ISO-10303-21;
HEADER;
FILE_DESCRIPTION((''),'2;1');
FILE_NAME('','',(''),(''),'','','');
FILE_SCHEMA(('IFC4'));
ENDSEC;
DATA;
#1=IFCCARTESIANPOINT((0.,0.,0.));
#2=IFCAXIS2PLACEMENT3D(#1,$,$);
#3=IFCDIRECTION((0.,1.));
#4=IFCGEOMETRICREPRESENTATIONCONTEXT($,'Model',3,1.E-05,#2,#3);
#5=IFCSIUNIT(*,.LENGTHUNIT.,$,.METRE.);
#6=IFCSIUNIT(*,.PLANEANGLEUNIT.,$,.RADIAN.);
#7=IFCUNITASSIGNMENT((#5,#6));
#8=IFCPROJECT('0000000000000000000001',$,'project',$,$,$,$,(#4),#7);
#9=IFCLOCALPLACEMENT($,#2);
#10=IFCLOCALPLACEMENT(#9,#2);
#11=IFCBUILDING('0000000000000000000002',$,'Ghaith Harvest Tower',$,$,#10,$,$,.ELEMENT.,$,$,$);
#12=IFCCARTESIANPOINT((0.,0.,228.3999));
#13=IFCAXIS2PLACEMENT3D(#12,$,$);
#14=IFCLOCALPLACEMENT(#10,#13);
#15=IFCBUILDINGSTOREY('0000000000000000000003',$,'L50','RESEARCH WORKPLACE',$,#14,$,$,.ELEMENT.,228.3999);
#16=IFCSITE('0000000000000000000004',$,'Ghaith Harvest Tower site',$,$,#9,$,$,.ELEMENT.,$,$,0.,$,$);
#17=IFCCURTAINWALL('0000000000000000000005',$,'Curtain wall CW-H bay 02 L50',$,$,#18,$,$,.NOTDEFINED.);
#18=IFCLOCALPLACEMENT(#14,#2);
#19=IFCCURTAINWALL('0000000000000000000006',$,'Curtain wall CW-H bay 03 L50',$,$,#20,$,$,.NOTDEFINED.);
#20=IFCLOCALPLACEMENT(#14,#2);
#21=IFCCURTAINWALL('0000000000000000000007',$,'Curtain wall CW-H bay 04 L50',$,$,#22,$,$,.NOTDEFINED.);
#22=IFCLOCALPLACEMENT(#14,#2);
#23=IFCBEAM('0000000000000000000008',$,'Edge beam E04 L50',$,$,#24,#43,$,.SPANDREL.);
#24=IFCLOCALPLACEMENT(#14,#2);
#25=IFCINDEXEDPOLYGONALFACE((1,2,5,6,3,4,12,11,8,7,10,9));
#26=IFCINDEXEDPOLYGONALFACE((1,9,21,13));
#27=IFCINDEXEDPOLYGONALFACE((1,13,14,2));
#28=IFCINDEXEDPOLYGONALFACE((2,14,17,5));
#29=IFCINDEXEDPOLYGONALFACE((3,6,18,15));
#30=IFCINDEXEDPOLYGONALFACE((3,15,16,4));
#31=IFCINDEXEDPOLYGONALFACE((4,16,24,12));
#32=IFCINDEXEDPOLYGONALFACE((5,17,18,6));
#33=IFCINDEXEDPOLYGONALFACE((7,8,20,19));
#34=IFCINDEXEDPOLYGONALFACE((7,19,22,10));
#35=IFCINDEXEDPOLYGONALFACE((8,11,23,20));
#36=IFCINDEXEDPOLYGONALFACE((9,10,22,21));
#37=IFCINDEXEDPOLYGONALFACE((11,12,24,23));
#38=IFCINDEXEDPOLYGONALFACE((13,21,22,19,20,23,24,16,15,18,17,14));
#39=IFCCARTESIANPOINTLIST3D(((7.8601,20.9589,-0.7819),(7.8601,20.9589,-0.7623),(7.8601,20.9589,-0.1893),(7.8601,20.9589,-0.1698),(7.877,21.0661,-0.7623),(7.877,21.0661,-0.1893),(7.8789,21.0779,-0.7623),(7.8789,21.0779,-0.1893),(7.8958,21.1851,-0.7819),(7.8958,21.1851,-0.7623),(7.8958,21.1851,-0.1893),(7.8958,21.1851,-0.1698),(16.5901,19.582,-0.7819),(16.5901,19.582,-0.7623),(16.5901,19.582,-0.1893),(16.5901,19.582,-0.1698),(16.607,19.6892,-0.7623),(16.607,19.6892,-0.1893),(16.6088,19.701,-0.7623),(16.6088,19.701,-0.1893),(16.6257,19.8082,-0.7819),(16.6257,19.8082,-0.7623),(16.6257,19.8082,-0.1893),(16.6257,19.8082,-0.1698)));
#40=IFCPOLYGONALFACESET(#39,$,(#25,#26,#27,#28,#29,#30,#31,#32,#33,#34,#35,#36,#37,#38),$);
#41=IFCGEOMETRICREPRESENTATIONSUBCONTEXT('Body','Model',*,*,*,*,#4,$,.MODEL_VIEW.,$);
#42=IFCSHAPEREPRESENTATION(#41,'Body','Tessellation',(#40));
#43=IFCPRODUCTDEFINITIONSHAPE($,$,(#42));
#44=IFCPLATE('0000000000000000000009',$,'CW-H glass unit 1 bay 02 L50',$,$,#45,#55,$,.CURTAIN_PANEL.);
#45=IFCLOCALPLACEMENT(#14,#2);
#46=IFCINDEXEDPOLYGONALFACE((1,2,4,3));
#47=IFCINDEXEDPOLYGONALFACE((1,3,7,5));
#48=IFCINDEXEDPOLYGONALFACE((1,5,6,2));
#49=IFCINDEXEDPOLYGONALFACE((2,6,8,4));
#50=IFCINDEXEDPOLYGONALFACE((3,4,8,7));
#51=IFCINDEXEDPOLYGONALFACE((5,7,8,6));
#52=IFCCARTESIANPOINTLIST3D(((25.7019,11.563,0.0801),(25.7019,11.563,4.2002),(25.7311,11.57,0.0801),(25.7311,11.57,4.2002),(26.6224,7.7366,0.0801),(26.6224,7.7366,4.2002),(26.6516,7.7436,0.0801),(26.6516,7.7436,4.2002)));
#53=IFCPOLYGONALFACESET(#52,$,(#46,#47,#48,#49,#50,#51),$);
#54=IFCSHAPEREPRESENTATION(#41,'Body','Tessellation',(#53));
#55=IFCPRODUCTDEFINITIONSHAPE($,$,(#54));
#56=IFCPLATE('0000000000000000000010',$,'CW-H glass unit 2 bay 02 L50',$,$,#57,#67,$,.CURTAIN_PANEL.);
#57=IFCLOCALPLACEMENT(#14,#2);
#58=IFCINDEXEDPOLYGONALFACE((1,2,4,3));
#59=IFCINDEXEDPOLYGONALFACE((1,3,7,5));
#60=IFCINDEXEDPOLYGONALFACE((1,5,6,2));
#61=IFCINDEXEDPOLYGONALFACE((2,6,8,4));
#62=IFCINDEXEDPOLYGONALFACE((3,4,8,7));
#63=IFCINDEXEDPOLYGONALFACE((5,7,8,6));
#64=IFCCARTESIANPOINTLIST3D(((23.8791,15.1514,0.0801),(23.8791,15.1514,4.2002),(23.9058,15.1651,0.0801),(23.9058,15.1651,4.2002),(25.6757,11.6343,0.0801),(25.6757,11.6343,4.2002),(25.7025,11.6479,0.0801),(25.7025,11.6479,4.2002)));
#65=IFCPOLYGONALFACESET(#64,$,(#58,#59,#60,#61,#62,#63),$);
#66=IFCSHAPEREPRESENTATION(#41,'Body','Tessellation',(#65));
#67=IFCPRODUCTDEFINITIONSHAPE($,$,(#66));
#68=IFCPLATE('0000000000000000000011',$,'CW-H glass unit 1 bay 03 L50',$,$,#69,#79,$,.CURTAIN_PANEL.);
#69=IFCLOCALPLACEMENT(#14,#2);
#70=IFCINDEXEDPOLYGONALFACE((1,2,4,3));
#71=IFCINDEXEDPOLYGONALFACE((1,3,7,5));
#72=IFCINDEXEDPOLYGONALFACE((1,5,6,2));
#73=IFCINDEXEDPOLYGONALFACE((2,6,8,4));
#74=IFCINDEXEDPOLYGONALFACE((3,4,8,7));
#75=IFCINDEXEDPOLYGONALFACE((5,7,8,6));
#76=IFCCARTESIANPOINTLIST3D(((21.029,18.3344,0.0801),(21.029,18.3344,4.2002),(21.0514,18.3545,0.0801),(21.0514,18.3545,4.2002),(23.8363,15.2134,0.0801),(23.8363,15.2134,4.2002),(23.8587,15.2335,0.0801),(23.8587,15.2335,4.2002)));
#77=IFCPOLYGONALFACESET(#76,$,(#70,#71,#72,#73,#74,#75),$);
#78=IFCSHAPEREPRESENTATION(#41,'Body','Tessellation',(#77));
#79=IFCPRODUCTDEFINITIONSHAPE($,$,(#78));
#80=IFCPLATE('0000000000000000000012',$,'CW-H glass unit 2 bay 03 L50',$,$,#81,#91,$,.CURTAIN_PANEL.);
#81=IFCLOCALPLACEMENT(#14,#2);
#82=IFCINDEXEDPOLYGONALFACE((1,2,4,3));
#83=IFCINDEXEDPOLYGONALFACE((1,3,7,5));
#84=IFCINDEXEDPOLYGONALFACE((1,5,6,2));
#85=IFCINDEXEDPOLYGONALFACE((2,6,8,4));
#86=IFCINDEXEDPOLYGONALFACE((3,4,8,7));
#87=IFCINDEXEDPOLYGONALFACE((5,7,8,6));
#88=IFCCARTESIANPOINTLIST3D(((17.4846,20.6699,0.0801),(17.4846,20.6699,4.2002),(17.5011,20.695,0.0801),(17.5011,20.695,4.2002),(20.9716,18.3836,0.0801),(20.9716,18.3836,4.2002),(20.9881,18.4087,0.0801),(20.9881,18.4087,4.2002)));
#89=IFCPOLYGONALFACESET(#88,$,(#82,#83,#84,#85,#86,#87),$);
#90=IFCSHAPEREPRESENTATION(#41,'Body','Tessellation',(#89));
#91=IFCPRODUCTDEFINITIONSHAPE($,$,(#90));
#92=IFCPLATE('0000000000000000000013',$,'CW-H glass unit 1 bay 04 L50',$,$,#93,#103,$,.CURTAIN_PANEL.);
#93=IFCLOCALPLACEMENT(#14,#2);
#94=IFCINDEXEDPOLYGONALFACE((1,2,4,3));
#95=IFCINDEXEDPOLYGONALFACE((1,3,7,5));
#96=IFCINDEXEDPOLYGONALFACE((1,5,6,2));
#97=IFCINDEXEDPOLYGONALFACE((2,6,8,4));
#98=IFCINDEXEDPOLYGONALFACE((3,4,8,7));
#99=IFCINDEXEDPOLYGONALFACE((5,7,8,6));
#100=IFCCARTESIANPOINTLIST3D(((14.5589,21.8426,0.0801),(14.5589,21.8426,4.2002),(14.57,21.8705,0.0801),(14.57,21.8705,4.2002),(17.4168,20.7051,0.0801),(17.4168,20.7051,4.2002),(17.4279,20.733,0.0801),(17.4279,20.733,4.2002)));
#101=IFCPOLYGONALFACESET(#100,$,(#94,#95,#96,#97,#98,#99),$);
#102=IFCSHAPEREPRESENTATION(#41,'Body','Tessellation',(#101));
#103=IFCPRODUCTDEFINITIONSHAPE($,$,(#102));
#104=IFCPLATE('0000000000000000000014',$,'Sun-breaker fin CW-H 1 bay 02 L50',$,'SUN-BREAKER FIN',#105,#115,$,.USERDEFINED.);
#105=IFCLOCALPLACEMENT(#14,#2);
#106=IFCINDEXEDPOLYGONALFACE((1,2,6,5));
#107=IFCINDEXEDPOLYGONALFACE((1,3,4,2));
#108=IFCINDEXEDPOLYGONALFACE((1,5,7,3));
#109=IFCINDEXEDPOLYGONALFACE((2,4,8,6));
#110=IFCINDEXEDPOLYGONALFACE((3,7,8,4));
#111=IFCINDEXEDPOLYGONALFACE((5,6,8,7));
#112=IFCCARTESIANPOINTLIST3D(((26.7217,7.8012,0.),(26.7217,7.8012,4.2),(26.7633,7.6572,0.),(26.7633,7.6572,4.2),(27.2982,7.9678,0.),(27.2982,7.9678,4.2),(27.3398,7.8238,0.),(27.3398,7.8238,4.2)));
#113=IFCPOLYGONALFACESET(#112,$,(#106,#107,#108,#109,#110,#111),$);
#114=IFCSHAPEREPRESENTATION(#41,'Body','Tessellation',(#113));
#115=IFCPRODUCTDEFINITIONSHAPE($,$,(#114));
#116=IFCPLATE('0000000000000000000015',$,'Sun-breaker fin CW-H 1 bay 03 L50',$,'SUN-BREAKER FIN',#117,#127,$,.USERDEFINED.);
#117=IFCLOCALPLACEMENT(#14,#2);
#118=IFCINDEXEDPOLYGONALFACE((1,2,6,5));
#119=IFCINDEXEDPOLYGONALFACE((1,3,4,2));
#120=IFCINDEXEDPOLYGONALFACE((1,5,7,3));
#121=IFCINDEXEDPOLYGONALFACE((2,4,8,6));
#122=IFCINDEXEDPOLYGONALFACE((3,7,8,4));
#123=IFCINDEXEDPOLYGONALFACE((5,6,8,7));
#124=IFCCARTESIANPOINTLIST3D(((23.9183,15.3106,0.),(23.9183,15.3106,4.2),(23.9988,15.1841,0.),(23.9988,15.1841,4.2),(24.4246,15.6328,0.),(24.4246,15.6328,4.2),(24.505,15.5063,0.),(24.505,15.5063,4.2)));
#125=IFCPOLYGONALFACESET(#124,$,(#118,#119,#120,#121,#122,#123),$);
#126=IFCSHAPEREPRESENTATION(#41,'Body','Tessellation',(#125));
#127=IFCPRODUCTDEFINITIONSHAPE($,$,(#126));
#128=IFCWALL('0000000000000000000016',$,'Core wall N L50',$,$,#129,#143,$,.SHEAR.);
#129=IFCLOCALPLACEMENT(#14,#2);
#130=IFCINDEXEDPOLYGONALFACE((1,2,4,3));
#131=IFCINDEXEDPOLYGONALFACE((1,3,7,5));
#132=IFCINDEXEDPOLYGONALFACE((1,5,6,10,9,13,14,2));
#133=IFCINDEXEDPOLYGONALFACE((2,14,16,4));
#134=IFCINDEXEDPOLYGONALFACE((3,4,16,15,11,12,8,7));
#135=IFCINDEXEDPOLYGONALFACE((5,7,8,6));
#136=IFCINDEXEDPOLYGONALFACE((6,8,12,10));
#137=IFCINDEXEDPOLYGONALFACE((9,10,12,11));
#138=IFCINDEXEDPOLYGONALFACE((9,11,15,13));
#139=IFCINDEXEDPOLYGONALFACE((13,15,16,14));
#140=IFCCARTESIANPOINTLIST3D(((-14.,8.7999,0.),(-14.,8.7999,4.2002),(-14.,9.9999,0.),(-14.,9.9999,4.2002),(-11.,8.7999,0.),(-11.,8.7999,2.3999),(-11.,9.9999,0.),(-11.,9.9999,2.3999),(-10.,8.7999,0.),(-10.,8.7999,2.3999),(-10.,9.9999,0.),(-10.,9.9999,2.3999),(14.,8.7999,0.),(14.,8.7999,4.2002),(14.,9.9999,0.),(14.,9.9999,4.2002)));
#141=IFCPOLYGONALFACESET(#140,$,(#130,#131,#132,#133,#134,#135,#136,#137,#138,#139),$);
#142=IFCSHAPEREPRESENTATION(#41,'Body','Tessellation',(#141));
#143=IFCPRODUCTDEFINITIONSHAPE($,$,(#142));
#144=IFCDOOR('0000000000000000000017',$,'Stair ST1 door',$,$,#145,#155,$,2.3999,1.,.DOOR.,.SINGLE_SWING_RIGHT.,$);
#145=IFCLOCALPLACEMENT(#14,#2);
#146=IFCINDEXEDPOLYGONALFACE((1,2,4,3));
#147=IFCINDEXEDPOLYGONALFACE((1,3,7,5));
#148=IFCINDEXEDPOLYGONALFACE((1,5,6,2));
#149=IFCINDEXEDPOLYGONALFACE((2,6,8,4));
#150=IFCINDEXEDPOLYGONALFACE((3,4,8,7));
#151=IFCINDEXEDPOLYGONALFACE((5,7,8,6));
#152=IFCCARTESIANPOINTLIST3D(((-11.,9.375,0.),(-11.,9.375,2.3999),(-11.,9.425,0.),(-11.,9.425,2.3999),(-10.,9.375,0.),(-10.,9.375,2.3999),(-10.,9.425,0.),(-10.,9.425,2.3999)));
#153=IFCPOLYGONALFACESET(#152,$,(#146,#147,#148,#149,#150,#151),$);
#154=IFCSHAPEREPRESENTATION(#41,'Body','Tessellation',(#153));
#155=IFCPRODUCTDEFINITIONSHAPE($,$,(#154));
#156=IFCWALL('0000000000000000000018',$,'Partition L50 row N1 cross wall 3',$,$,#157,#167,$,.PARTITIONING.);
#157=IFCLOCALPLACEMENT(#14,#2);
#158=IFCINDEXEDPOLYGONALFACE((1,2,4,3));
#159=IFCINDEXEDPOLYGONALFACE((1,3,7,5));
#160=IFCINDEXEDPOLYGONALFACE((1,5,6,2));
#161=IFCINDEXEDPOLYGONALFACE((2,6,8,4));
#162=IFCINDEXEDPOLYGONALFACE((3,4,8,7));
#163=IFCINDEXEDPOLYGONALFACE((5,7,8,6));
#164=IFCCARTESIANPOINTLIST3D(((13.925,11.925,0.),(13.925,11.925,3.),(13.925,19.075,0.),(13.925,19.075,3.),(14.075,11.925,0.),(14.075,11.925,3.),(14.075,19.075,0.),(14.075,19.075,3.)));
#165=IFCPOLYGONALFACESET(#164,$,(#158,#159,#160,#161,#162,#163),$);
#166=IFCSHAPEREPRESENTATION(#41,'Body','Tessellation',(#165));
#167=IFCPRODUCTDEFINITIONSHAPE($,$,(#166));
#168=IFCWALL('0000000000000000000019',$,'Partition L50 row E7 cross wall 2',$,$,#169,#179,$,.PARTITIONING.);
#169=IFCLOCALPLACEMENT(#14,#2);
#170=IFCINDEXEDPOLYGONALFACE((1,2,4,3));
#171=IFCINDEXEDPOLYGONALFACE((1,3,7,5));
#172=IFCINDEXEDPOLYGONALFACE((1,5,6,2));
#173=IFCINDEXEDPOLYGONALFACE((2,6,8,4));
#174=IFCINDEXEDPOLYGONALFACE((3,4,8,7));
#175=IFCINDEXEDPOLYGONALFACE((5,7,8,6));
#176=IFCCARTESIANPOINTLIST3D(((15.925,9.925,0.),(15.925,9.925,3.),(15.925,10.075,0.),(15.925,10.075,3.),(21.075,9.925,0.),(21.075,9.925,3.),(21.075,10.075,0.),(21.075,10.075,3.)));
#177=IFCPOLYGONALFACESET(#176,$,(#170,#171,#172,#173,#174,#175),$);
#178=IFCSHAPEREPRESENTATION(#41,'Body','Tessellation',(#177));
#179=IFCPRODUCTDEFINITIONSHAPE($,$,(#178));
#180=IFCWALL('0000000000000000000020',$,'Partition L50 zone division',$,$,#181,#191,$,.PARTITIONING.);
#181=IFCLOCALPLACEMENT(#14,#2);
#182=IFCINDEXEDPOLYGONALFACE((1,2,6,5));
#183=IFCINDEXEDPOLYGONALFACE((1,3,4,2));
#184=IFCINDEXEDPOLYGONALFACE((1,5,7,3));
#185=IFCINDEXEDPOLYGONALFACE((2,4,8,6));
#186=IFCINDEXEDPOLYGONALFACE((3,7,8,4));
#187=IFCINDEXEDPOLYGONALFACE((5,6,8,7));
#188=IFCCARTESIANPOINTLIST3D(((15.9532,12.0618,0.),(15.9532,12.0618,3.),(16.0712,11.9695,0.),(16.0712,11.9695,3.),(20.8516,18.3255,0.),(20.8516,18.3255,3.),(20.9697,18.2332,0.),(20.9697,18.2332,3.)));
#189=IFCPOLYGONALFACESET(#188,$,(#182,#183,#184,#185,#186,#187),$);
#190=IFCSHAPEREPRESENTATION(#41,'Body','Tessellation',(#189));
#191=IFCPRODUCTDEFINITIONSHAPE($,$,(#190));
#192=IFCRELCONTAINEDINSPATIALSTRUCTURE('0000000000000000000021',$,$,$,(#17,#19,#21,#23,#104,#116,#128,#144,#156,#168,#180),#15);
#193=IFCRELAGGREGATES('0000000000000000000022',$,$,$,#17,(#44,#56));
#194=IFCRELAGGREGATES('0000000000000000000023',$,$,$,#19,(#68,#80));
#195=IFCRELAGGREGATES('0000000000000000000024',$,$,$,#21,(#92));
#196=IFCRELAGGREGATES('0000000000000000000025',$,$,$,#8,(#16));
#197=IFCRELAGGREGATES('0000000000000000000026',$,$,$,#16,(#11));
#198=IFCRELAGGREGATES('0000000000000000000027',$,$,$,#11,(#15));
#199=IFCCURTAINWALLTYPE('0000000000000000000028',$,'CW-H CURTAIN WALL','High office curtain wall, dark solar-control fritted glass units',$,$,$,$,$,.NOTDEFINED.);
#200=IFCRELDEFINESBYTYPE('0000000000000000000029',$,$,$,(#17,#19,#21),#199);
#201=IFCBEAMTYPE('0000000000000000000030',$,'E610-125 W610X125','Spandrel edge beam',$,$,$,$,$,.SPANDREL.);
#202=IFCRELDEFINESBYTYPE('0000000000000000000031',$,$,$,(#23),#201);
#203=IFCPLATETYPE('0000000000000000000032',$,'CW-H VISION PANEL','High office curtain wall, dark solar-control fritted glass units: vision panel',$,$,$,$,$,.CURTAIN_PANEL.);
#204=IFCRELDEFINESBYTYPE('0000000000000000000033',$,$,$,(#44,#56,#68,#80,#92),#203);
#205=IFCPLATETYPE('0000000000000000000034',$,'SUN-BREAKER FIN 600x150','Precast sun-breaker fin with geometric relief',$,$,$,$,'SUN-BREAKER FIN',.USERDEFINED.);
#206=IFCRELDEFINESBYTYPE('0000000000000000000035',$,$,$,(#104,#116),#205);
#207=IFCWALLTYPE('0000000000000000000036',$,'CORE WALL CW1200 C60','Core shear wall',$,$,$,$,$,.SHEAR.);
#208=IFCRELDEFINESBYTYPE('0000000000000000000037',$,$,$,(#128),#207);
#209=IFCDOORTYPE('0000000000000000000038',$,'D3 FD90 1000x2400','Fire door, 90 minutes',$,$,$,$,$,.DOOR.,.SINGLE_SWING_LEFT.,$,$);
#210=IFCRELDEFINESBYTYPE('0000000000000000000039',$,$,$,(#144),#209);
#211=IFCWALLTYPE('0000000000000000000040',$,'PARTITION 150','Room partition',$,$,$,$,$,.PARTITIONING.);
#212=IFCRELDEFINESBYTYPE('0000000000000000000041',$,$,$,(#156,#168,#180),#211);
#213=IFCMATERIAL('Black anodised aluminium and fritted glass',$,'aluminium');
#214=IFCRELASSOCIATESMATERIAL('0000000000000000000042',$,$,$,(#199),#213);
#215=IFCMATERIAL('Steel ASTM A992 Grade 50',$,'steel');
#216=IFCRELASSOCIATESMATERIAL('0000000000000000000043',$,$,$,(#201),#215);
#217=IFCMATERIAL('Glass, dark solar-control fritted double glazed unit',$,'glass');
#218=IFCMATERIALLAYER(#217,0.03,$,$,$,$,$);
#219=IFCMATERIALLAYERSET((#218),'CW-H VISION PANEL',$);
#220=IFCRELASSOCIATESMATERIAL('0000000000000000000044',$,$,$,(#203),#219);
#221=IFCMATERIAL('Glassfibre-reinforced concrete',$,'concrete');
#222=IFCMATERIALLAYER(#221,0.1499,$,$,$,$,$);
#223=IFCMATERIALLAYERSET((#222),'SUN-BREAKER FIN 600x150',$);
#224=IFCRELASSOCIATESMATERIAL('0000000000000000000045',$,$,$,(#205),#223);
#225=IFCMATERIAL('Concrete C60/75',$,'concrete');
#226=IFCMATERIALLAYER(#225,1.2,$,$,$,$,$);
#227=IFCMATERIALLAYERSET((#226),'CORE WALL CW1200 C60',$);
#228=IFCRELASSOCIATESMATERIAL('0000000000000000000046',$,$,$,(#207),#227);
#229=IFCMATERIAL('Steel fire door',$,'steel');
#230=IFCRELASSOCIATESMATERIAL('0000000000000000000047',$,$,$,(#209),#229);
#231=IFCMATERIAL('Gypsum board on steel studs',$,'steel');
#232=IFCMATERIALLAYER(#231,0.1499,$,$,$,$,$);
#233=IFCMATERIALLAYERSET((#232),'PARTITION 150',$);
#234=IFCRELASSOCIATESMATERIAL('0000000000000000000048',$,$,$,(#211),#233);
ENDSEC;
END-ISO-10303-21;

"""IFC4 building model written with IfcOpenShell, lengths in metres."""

from ifc_helpers import new_model, si_unit, direction, frame, frame_2d, origin, origin_2d, place, context, subcontext, project, spatial, rectangle, i_section, extrude, material, layer, layer_set, material_profile, profile_set, type_object, element, fill, aggregate, save


model = new_model("IFC4")

# Units and contexts
model_context = context("Model", 3, precision=1e-05, world=origin(), true_north=direction((0.0, 1.0)))
body_context = subcontext(model_context, "Body", "Model", "MODEL_VIEW")
ifc_project = project(units=[si_unit("LENGTHUNIT", "METRE"), si_unit("PLANEANGLEUNIT", "RADIAN")], contexts=[model_context])

# Site, building, storey
site_placement = place(None, origin())
site = spatial("IfcSite", under=ifc_project, at=site_placement, Name="Ghaith Harvest Tower site", CompositionType="ELEMENT", RefElevation=0.0)
building_placement = place(site_placement, origin())
building = spatial("IfcBuilding", under=site, at=building_placement, Name="Ghaith Harvest Tower", CompositionType="ELEMENT")
storey_placement = place(building_placement, frame((0.0, 0.0, 228.3999)))
storey = spatial("IfcBuildingStorey", under=building, at=storey_placement, Name="L50", Description="RESEARCH WORKPLACE", CompositionType="ELEMENT", Elevation=228.3999)

# Curtain wall
ifc_material_1 = material(Name="Black anodised aluminium and fritted glass", Category="aluminium")
curtain_wall_type = type_object("IfcCurtainWallType", Name="CW-H CURTAIN WALL", Description="High office curtain wall, dark solar-control fritted glass units", PredefinedType="NOTDEFINED", material=ifc_material_1)
curtain_wall_1_placement = place(storey_placement, origin())
curtain_wall_1 = element("IfcCurtainWall", 1, at=curtain_wall_1_placement, inside=storey, type_object=curtain_wall_type, Name="Curtain wall CW-H bay 02 L50", PredefinedType="NOTDEFINED")

# Curtain walls
curtain_wall_2_placement = place(storey_placement, origin())
curtain_wall_2 = element("IfcCurtainWall", 2, at=curtain_wall_2_placement, inside=storey, type_object=curtain_wall_type, Name="Curtain wall CW-H bay 03 L50", PredefinedType="NOTDEFINED")
curtain_wall_3_placement = place(storey_placement, origin())
curtain_wall_3 = element("IfcCurtainWall", 3, at=curtain_wall_3_placement, inside=storey, type_object=curtain_wall_type, Name="Curtain wall CW-H bay 04 L50", PredefinedType="NOTDEFINED")

# Beam
ifc_material_2 = material(Name="Steel ASTM A992 Grade 50", Category="steel")
ifc_material_profile_1 = material_profile(ifc_material_2, i_section(OverallWidth=0.229, OverallDepth=0.6121, WebThickness=0.012, FlangeThickness=0.0195, at=origin_2d()), Name="W610X125")
ifc_profile_set_1 = profile_set([ifc_material_profile_1], Name="Steel ASTM A992 Grade 50")
beam_type = type_object("IfcBeamType", Name="E610-125 W610X125", Description="Spandrel edge beam", PredefinedType="SPANDREL", material=ifc_profile_set_1)
beam_1_placement = place(storey_placement, frame((16.6079, 19.6951, -0.4758), z_axis=(-0.987788, 0.155801, 0.0), x_axis=(-0.155801, -0.987788, 0.0)))
element("IfcBeam", 4, at=beam_1_placement, inside=storey, type_object=beam_type, Name="Edge beam E04 L50", PredefinedType="SPANDREL", context=body_context, shape_type="SweptSolid", body=[
    extrude(i_section(OverallWidth=0.229, OverallDepth=0.6121, WebThickness=0.012, FlangeThickness=0.0195, at=origin_2d()), origin(), (0.0, 0.0, 1.0), 8.8379),
])

# Plates
ifc_material_3 = material(Name="Glass, dark solar-control fritted double glazed unit", Category="glass")
ifc_layer_1 = layer(ifc_material_3, 0.03)
ifc_layer_set_1 = layer_set([ifc_layer_1], Name="CW-H VISION PANEL")
plate_type_1 = type_object("IfcPlateType", Name="CW-H VISION PANEL", Description="High office curtain wall, dark solar-control fritted glass units: vision panel", PredefinedType="CURTAIN_PANEL", material=ifc_layer_set_1)
plate_1_placement = place(storey_placement, frame((26.1768, 9.6533, 0.0801), z_axis=(0.0, 0.0, 1.0), x_axis=(-0.233894, 0.972262, 0.0)))
plate_1 = element("IfcPlate", 5, at=plate_1_placement, type_object=plate_type_1, Name="CW-H glass unit 1 bay 02 L50", PredefinedType="CURTAIN_PANEL", context=body_context, shape_type="SweptSolid", body=[
    extrude(rectangle(XDim=3.9355, YDim=0.03, at=origin_2d()), origin(), (0.0, 0.0, 1.0), 4.1201),
])
plate_2_placement = place(storey_placement, frame((24.7908, 13.3997, 0.0801), z_axis=(0.0, 0.0, 1.0), x_axis=(-0.454915, 0.890535, 0.0)))
plate_2 = element("IfcPlate", 6, at=plate_2_placement, type_object=plate_type_1, Name="CW-H glass unit 2 bay 02 L50", PredefinedType="CURTAIN_PANEL", context=body_context, shape_type="SweptSolid", body=[
    extrude(rectangle(XDim=3.9495, YDim=0.03, at=origin_2d()), origin(), (0.0, 0.0, 1.0), 4.1201),
])
aggregate(curtain_wall_1, [plate_1, plate_2])
plate_3_placement = place(storey_placement, frame((22.4438, 16.7839, 0.0801), z_axis=(0.0, 0.0, 1.0), x_axis=(-0.668758, 0.74348, 0.0)))
plate_3 = element("IfcPlate", 7, at=plate_3_placement, type_object=plate_type_1, Name="CW-H glass unit 1 bay 03 L50", PredefinedType="CURTAIN_PANEL", context=body_context, shape_type="SweptSolid", body=[
    extrude(rectangle(XDim=4.1978, YDim=0.03, at=origin_2d()), origin(), (0.0, 0.0, 1.0), 4.1201),
])
plate_4_placement = place(storey_placement, frame((19.2363, 19.5393, 0.0801), z_axis=(0.0, 0.0, 1.0), x_axis=(-0.836277, 0.548308, 0.0)))
plate_4 = element("IfcPlate", 8, at=plate_4_placement, type_object=plate_type_1, Name="CW-H glass unit 2 bay 03 L50", PredefinedType="CURTAIN_PANEL", context=body_context, shape_type="SweptSolid", body=[
    extrude(rectangle(XDim=4.1697, YDim=0.03, at=origin_2d()), origin(), (0.0, 0.0, 1.0), 4.1201),
])
aggregate(curtain_wall_2, [plate_3, plate_4])
plate_5_placement = place(storey_placement, frame((15.9934, 21.2878, 0.0801), z_axis=(0.0, 0.0, 1.0), x_axis=(-0.929107, 0.36981, 0.0)))
plate_5 = element("IfcPlate", 9, at=plate_5_placement, type_object=plate_type_1, Name="CW-H glass unit 1 bay 04 L50", PredefinedType="CURTAIN_PANEL", context=body_context, shape_type="SweptSolid", body=[
    extrude(rectangle(XDim=3.0759, YDim=0.03, at=origin_2d()), origin(), (0.0, 0.0, 1.0), 4.1201),
])
aggregate(curtain_wall_3, [plate_5])

# Plates
ifc_material_4 = material(Name="Glassfibre-reinforced concrete", Category="concrete")
ifc_layer_2 = layer(ifc_material_4, 0.1499)
ifc_layer_set_2 = layer_set([ifc_layer_2], Name="SUN-BREAKER FIN 600x150")
plate_type_2 = type_object("IfcPlateType", Name="SUN-BREAKER FIN 600x150", Description="Precast sun-breaker fin with geometric relief", ElementType="SUN-BREAKER FIN", PredefinedType="USERDEFINED", material=ifc_layer_set_2)
for number, where, z_axis, x_axis, name in (
    (10, (27.0308, 7.8125, 0.0), (0.0, 0.0, 1.0), (0.96068, 0.277657, 0.0), "Sun-breaker fin CW-H 1 bay 02 L50"),
    (11, (24.2117, 15.4084, 0.0), (0.0, 0.0, 1.0), (0.843644, 0.536903, 0.0), "Sun-breaker fin CW-H 1 bay 03 L50"),
):
    element("IfcPlate", number, at=place(storey_placement, frame(where, z_axis=z_axis, x_axis=x_axis)), inside=storey, type_object=plate_type_2, Name=name, ObjectType="SUN-BREAKER FIN", PredefinedType="USERDEFINED", context=body_context, shape_type="SweptSolid", body=[
        extrude(rectangle(XDim=0.6001, YDim=0.1499, at=origin_2d()), origin(), (0.0, 0.0, 1.0), 4.2),
    ])

# Wall, opening, door
ifc_material_5 = material(Name="Concrete C60/75", Category="concrete")
ifc_layer_3 = layer(ifc_material_5, 1.2)
ifc_layer_set_3 = layer_set([ifc_layer_3], Name="CORE WALL CW1200 C60")
wall_type_1 = type_object("IfcWallType", Name="CORE WALL CW1200 C60", Description="Core shear wall", PredefinedType="SHEAR", material=ifc_layer_set_3)
wall_1_placement = place(storey_placement, frame((14.0, 9.3999, 0.0), z_axis=(0.0, 0.0, 1.0), x_axis=(-1.0, 0.0, 0.0)))
wall_1 = element("IfcWall", 12, at=wall_1_placement, inside=storey, type_object=wall_type_1, Name="Core wall N L50", PredefinedType="SHEAR", context=body_context, shape_type="SweptSolid", body=[
    extrude(rectangle(XDim=28.0, YDim=1.2, at=frame_2d((14.0, 0.0))), origin(), (0.0, 0.0, 1.0), 4.2002),
])
opening_placement = place(wall_1_placement, frame((24.0, 0.0, 0.0)))
opening = element("IfcOpeningElement", 13, at=opening_placement, cuts=wall_1, PredefinedType="OPENING", context=body_context, shape_type="SweptSolid", body=[
    extrude(rectangle(XDim=1.0, YDim=2.3999, at=frame_2d((0.5, 1.2))), frame((0.0, 0.6099, 0.0), z_axis=(0.0, -1.0, 0.0), x_axis=(1.0, 0.0, 0.0)), (0.0, 0.0, 1.0), 1.22),
])
ifc_material_6 = material(Name="Steel fire door", Category="steel")
door_type = type_object("IfcDoorType", Name="D3 FD90 1000x2400", Description="Fire door, 90 minutes", OperationType="SINGLE_SWING_LEFT", PredefinedType="DOOR", material=ifc_material_6)
door_placement = place(opening_placement, origin())
door = element("IfcDoor", 14, at=door_placement, inside=storey, type_object=door_type, Name="Stair ST1 door", OperationType="SINGLE_SWING_RIGHT", OverallHeight=2.3999, OverallWidth=1.0, PredefinedType="DOOR", context=body_context, shape_type="SweptSolid", body=[
    extrude(rectangle(XDim=1.0, YDim=2.3999, at=frame_2d((0.5, 1.2))), frame((0.0, 0.0249, 0.0), z_axis=(0.0, -1.0, 0.0), x_axis=(1.0, 0.0, 0.0)), (0.0, 0.0, 1.0), 0.05),
])
fill(opening, door)

# Walls
ifc_material_7 = material(Name="Gypsum board on steel studs", Category="steel")
ifc_layer_4 = layer(ifc_material_7, 0.1499)
ifc_layer_set_4 = layer_set([ifc_layer_4], Name="PARTITION 150")
wall_type_2 = type_object("IfcWallType", Name="PARTITION 150", Description="Room partition", PredefinedType="PARTITIONING", material=ifc_layer_set_4)
wall_2_placement = place(storey_placement, frame((14.0, 11.925, 0.0), z_axis=(0.0, 0.0, 1.0), x_axis=(0.0, 1.0, 0.0)))
element("IfcWall", 15, at=wall_2_placement, inside=storey, type_object=wall_type_2, Name="Partition L50 row N1 cross wall 3", PredefinedType="PARTITIONING", context=body_context, shape_type="SweptSolid", body=[
    extrude(rectangle(XDim=7.1499, YDim=0.1499, at=frame_2d((3.575, 0.0))), origin(), (0.0, 0.0, 1.0), 3.0),
])
wall_3_placement = place(storey_placement, frame((15.925, 10.0, 0.0), z_axis=(0.0, 0.0, 1.0), x_axis=(1.0, 0.0, 0.0)))
element("IfcWall", 16, at=wall_3_placement, inside=storey, type_object=wall_type_2, Name="Partition L50 row E7 cross wall 2", PredefinedType="PARTITIONING", context=body_context, shape_type="SweptSolid", body=[
    extrude(rectangle(XDim=5.1499, YDim=0.1499, at=frame_2d((2.575, 0.0))), origin(), (0.0, 0.0, 1.0), 3.0),
])
wall_4_placement = place(storey_placement, frame((16.0122, 12.0156, 0.0), z_axis=(0.0, 0.0, 1.0), x_axis=(0.61603, 0.787723, 0.0)))
element("IfcWall", 17, at=wall_4_placement, inside=storey, type_object=wall_type_2, Name="Partition L50 zone division", PredefinedType="PARTITIONING", context=body_context, shape_type="SweptSolid", body=[
    extrude(rectangle(XDim=7.9517, YDim=0.1499, at=frame_2d((3.9758, 0.0))), origin(), (0.0, 0.0, 1.0), 3.0),
])

save(model, "model.ifc")
